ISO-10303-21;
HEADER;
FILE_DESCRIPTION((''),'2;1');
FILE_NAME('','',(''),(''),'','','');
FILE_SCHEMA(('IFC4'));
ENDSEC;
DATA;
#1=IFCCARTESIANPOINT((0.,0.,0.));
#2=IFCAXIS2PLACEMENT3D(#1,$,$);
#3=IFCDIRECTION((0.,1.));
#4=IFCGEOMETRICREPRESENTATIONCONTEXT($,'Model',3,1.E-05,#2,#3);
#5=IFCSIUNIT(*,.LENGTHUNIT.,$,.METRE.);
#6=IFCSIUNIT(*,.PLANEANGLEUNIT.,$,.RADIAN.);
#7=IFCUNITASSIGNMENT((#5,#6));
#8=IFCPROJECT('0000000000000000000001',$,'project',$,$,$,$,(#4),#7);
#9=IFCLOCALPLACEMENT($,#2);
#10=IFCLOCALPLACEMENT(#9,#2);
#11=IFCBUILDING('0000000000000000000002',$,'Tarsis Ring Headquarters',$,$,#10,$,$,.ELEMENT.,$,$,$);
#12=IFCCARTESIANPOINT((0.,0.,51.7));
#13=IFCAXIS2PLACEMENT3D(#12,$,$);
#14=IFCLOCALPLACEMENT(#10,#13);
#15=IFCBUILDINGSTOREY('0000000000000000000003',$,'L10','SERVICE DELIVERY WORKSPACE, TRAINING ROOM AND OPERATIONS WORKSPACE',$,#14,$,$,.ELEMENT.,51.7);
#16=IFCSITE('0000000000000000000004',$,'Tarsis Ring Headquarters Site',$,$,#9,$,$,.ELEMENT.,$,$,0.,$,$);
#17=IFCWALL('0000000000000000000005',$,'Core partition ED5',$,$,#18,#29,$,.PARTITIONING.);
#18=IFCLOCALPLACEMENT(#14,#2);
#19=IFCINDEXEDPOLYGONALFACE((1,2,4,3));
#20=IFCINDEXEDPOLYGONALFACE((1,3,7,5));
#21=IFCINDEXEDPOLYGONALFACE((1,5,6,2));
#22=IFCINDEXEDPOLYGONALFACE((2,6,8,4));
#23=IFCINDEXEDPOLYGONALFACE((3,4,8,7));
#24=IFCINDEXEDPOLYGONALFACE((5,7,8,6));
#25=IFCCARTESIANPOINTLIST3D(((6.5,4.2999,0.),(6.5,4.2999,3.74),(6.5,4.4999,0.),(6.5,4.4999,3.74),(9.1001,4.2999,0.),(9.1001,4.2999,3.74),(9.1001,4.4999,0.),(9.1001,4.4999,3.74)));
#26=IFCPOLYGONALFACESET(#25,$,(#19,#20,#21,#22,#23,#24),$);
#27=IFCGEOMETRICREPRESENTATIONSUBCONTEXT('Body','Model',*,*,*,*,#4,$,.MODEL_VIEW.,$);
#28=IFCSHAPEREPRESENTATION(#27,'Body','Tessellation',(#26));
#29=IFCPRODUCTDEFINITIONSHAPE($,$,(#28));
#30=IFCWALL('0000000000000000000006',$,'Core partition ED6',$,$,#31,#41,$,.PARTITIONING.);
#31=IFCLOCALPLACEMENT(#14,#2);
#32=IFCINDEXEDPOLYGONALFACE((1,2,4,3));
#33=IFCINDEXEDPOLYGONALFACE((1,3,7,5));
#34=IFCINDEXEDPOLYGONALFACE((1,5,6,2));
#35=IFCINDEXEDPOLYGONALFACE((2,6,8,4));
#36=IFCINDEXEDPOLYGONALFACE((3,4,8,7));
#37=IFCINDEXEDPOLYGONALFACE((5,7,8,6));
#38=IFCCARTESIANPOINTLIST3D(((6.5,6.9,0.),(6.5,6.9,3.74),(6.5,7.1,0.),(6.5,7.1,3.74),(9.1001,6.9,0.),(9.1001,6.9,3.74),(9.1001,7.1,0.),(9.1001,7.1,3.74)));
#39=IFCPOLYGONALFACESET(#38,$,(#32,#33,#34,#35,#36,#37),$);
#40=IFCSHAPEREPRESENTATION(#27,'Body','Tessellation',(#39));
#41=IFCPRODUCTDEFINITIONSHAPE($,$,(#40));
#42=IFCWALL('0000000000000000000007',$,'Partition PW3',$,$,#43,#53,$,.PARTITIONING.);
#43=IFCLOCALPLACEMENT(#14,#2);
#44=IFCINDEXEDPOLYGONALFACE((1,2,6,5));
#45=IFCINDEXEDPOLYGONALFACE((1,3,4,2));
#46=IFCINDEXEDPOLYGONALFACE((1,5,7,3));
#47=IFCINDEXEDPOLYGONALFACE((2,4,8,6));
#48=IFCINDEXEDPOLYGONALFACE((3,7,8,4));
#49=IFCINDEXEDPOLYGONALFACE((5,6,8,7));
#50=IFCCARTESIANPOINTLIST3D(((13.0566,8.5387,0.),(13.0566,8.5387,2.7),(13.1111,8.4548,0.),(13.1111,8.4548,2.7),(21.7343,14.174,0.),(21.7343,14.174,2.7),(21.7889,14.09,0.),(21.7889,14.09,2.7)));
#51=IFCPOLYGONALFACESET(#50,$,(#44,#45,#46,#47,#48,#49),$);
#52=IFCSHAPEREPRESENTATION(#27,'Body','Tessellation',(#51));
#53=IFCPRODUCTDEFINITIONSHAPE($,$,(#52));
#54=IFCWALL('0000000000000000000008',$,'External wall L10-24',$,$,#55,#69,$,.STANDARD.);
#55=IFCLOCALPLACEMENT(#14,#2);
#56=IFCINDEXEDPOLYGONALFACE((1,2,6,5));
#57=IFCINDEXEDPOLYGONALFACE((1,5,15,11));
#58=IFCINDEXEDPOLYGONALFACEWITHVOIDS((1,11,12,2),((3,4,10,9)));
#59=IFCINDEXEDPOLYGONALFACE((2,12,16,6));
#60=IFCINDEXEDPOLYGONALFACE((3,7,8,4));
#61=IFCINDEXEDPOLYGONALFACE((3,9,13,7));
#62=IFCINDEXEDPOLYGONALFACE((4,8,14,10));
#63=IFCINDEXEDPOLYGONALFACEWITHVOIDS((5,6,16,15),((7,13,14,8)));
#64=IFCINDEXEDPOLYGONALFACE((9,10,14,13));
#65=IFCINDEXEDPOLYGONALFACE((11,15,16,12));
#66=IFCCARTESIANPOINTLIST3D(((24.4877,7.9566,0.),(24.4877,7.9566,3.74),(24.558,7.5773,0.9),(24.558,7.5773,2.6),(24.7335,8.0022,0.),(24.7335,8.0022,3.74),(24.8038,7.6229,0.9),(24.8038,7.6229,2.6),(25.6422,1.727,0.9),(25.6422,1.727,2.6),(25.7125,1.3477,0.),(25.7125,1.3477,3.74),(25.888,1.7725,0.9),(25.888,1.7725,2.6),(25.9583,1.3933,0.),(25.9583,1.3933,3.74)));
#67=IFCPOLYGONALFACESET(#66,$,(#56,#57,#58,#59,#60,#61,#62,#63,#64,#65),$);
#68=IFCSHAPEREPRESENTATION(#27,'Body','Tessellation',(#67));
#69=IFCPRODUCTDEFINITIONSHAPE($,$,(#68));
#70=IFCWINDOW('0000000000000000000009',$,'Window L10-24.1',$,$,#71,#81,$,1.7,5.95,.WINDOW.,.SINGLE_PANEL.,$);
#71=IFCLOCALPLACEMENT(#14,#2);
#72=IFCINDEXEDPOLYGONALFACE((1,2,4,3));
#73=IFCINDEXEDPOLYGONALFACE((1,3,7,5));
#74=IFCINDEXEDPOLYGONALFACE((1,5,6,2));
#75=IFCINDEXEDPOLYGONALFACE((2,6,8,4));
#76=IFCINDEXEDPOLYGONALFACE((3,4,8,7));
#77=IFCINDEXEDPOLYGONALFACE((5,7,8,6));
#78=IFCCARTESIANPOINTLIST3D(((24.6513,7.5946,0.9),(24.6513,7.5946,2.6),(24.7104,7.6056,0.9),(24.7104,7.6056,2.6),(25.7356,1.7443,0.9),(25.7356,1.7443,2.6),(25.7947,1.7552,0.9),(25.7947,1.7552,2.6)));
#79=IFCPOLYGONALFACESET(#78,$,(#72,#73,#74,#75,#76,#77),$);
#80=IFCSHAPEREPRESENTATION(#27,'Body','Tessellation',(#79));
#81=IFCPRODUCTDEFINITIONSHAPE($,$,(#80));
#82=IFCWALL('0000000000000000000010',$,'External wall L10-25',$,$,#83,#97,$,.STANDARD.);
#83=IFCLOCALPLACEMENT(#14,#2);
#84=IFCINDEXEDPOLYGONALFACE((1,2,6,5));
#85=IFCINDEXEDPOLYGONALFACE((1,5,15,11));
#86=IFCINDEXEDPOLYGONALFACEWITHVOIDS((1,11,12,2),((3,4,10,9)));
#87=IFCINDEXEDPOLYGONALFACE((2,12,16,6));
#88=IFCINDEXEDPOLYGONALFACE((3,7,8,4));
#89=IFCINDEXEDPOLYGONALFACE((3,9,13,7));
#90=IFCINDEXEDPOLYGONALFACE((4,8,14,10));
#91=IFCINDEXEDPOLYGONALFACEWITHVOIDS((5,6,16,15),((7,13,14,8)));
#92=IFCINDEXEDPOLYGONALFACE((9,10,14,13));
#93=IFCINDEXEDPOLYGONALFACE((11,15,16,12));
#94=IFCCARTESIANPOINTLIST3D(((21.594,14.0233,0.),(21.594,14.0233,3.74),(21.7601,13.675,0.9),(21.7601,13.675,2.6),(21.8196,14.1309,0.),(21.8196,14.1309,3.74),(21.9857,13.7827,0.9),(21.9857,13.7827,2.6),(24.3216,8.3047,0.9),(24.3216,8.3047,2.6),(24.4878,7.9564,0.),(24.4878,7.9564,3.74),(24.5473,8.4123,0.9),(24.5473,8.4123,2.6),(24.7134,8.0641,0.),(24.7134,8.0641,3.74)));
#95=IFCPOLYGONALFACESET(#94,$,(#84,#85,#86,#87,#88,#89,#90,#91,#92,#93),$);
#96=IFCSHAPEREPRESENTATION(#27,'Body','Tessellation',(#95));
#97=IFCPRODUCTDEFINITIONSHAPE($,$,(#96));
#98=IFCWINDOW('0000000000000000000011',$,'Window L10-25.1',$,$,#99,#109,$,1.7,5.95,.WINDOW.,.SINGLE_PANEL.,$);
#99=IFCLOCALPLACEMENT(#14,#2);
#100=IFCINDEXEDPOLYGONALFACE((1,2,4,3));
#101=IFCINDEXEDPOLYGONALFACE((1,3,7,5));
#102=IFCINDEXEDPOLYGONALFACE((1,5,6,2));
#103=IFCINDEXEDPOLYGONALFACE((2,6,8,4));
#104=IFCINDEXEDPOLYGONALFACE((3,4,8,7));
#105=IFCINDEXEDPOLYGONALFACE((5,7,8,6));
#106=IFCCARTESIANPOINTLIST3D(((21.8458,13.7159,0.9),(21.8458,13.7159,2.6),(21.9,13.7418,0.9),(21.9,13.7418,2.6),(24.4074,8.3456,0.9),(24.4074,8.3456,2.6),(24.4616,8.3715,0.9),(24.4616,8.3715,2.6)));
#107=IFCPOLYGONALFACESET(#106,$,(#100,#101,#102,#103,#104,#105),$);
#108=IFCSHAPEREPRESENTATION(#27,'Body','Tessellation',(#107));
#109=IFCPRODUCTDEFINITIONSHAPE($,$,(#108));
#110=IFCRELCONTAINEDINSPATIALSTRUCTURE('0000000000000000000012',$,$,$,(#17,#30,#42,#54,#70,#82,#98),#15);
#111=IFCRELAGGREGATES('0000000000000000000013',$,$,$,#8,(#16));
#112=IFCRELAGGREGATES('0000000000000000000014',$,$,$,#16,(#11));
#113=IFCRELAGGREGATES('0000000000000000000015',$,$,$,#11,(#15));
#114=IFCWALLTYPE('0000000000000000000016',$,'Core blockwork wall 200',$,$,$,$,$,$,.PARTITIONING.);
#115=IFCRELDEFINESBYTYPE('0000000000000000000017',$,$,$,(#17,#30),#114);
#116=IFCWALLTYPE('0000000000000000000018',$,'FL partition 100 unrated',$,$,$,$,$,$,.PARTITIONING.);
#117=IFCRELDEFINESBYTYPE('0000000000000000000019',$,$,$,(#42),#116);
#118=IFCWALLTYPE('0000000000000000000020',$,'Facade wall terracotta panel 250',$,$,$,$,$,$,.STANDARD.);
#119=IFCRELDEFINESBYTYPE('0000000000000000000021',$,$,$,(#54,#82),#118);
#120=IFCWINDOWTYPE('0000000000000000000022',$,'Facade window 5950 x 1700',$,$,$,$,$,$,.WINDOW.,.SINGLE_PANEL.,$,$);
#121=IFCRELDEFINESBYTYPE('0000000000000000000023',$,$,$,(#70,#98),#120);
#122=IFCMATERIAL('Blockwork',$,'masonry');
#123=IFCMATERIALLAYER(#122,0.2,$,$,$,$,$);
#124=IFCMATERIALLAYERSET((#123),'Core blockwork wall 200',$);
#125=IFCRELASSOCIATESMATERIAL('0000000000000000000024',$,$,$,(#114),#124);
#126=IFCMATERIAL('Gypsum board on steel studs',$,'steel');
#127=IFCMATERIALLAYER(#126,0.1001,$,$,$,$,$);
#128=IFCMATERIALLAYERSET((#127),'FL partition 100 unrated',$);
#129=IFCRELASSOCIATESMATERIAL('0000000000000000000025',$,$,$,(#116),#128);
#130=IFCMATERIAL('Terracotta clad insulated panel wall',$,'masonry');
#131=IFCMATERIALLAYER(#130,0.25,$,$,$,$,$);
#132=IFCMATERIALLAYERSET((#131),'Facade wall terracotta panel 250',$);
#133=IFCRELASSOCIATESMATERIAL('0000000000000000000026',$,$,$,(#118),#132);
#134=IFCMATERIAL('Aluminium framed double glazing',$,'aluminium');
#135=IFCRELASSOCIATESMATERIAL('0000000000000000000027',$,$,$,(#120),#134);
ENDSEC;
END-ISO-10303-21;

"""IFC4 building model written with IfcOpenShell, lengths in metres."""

from ifc_helpers import new_model, si_unit, direction, frame, frame_2d, origin, place, context, subcontext, project, spatial, rectangle, extrude, material, layer, layer_set, type_object, element, fill, save


model = new_model("IFC4")

# Units and contexts
model_context = context("Model", 3, precision=1e-05, world=origin(), true_north=direction((0.0, 1.0)))
body_context = subcontext(model_context, "Body", "Model", "MODEL_VIEW")
ifc_project = project(units=[si_unit("LENGTHUNIT", "METRE"), si_unit("PLANEANGLEUNIT", "RADIAN")], contexts=[model_context])

# Site, building, storey
site_placement = place(None, origin())
site = spatial("IfcSite", under=ifc_project, at=site_placement, Name="Tarsis Ring Headquarters Site", CompositionType="ELEMENT", RefElevation=0.0)
building_placement = place(site_placement, origin())
building = spatial("IfcBuilding", under=site, at=building_placement, Name="Tarsis Ring Headquarters", CompositionType="ELEMENT")
storey_placement = place(building_placement, frame((0.0, 0.0, 51.7)))
storey = spatial("IfcBuildingStorey", under=building, at=storey_placement, Name="L10", Description="SERVICE DELIVERY WORKSPACE, TRAINING ROOM AND OPERATIONS WORKSPACE", CompositionType="ELEMENT", Elevation=51.7)

# Walls
ifc_material_1 = material(Name="Blockwork", Category="masonry")
ifc_layer_1 = layer(ifc_material_1, 0.2)
ifc_layer_set_1 = layer_set([ifc_layer_1], Name="Core blockwork wall 200")
wall_type_1 = type_object("IfcWallType", Name="Core blockwork wall 200", PredefinedType="PARTITIONING", material=ifc_layer_set_1)
for number, where, z_axis, x_axis, name in (
    (1, (6.5, 4.3999, 0.0), (0.0, 0.0, 1.0), (1.0, 0.0, 0.0), "Core partition ED5"),
    (2, (6.5, 7.0, 0.0), (0.0, 0.0, 1.0), (1.0, 0.0, 0.0), "Core partition ED6"),
):
    element("IfcWall", number, at=place(storey_placement, frame(where, z_axis=z_axis, x_axis=x_axis)), inside=storey, type_object=wall_type_1, Name=name, PredefinedType="PARTITIONING", context=body_context, shape_type="SweptSolid", body=[
        extrude(rectangle(XDim=2.6001, YDim=0.2, at=frame_2d((1.3, 0.0))), origin(), (0.0, 0.0, 1.0), 3.74),
    ])
ifc_material_2 = material(Name="Gypsum board on steel studs", Category="steel")
ifc_layer_2 = layer(ifc_material_2, 0.1001)
ifc_layer_set_2 = layer_set([ifc_layer_2], Name="FL partition 100 unrated")
wall_type_2 = type_object("IfcWallType", Name="FL partition 100 unrated", PredefinedType="PARTITIONING", material=ifc_layer_set_2)
wall_1_placement = place(storey_placement, frame((13.084, 8.4968, 0.0), z_axis=(0.0, 0.0, 1.0), x_axis=(0.838676, 0.54463, 0.0)))
element("IfcWall", 3, at=wall_1_placement, inside=storey, type_object=wall_type_2, Name="Partition PW3", PredefinedType="PARTITIONING", context=body_context, shape_type="SweptSolid", body=[
    extrude(rectangle(XDim=10.3469, YDim=0.1001, at=frame_2d((5.1733, 0.0))), origin(), (0.0, 0.0, 1.0), 2.7),
])

# Walls, openings, windows
ifc_material_3 = material(Name="Terracotta clad insulated panel wall", Category="masonry")
ifc_layer_3 = layer(ifc_material_3, 0.25)
ifc_layer_set_3 = layer_set([ifc_layer_3], Name="Facade wall terracotta panel 250")
wall_type_3 = type_object("IfcWallType", Name="Facade wall terracotta panel 250", PredefinedType="STANDARD", material=ifc_layer_set_3)
wall_2_placement = place(storey_placement, frame((25.8354, 1.3704, 0.0), z_axis=(0.0, 0.0, 1.0), x_axis=(-0.182231, 0.983256, 0.0)))
wall_2 = element("IfcWall", 4, at=wall_2_placement, inside=storey, type_object=wall_type_3, Name="External wall L10-24", PredefinedType="STANDARD", context=body_context, shape_type="SweptSolid", body=[
    extrude(rectangle(XDim=6.7214, YDim=0.25, at=frame_2d((3.3608, 0.0))), origin(), (0.0, 0.0, 1.0), 3.74),
])
opening_1_placement = place(wall_2_placement, frame((0.3857, 0.0, 0.8999)))
opening_1 = element("IfcOpeningElement", 5, at=opening_1_placement, cuts=wall_2, PredefinedType="OPENING", context=body_context, shape_type="SweptSolid", body=[
    extrude(rectangle(XDim=5.95, YDim=1.7, at=frame_2d((2.9751, 0.8501))), frame((0.0, 0.135, 0.0), z_axis=(0.0, -1.0, 0.0), x_axis=(1.0, 0.0, 0.0)), (0.0, 0.0, 1.0), 0.27),
])
ifc_material_4 = material(Name="Aluminium framed double glazing", Category="aluminium")
window_type = type_object("IfcWindowType", Name="Facade window 5950 x 1700", PartitioningType="SINGLE_PANEL", PredefinedType="WINDOW", material=ifc_material_4)
window_1_placement = place(opening_1_placement, origin())
window_1 = element("IfcWindow", 6, at=window_1_placement, inside=storey, type_object=window_type, Name="Window L10-24.1", OverallHeight=1.7, OverallWidth=5.95, PartitioningType="SINGLE_PANEL", PredefinedType="WINDOW", context=body_context, shape_type="SweptSolid", body=[
    extrude(rectangle(XDim=5.95, YDim=1.7, at=frame_2d((2.9751, 0.8501))), frame((0.0, 0.03, 0.0), z_axis=(0.0, -1.0, 0.0), x_axis=(1.0, 0.0, 0.0)), (0.0, 0.0, 1.0), 0.0601),
])
fill(opening_1, window_1)
wall_3_placement = place(storey_placement, frame((24.6006, 8.0103, 0.0), z_axis=(0.0, 0.0, 1.0), x_axis=(-0.430516, 0.902583, 0.0)))
wall_3 = element("IfcWall", 7, at=wall_3_placement, inside=storey, type_object=wall_type_3, Name="External wall L10-25", PredefinedType="STANDARD", context=body_context, shape_type="SweptSolid", body=[
    extrude(rectangle(XDim=6.7217, YDim=0.25, at=frame_2d((3.3608, 0.0))), origin(), (0.0, 0.0, 1.0), 3.74),
])
opening_2_placement = place(wall_3_placement, frame((0.3857, 0.0, 0.8999)))
opening_2 = element("IfcOpeningElement", 8, at=opening_2_placement, cuts=wall_3, PredefinedType="OPENING", context=body_context, shape_type="SweptSolid", body=[
    extrude(rectangle(XDim=5.95, YDim=1.7, at=frame_2d((2.9751, 0.8501))), frame((0.0, 0.135, 0.0), z_axis=(0.0, -1.0, 0.0), x_axis=(1.0, 0.0, 0.0)), (0.0, 0.0, 1.0), 0.27),
])
window_2_placement = place(opening_2_placement, origin())
window_2 = element("IfcWindow", 9, at=window_2_placement, inside=storey, type_object=window_type, Name="Window L10-25.1", OverallHeight=1.7, OverallWidth=5.95, PartitioningType="SINGLE_PANEL", PredefinedType="WINDOW", context=body_context, shape_type="SweptSolid", body=[
    extrude(rectangle(XDim=5.95, YDim=1.7, at=frame_2d((2.9751, 0.8501))), frame((0.0, 0.03, 0.0), z_axis=(0.0, -1.0, 0.0), x_axis=(1.0, 0.0, 0.0)), (0.0, 0.0, 1.0), 0.0601),
])
fill(opening_2, window_2)

save(model, "model.ifc")
